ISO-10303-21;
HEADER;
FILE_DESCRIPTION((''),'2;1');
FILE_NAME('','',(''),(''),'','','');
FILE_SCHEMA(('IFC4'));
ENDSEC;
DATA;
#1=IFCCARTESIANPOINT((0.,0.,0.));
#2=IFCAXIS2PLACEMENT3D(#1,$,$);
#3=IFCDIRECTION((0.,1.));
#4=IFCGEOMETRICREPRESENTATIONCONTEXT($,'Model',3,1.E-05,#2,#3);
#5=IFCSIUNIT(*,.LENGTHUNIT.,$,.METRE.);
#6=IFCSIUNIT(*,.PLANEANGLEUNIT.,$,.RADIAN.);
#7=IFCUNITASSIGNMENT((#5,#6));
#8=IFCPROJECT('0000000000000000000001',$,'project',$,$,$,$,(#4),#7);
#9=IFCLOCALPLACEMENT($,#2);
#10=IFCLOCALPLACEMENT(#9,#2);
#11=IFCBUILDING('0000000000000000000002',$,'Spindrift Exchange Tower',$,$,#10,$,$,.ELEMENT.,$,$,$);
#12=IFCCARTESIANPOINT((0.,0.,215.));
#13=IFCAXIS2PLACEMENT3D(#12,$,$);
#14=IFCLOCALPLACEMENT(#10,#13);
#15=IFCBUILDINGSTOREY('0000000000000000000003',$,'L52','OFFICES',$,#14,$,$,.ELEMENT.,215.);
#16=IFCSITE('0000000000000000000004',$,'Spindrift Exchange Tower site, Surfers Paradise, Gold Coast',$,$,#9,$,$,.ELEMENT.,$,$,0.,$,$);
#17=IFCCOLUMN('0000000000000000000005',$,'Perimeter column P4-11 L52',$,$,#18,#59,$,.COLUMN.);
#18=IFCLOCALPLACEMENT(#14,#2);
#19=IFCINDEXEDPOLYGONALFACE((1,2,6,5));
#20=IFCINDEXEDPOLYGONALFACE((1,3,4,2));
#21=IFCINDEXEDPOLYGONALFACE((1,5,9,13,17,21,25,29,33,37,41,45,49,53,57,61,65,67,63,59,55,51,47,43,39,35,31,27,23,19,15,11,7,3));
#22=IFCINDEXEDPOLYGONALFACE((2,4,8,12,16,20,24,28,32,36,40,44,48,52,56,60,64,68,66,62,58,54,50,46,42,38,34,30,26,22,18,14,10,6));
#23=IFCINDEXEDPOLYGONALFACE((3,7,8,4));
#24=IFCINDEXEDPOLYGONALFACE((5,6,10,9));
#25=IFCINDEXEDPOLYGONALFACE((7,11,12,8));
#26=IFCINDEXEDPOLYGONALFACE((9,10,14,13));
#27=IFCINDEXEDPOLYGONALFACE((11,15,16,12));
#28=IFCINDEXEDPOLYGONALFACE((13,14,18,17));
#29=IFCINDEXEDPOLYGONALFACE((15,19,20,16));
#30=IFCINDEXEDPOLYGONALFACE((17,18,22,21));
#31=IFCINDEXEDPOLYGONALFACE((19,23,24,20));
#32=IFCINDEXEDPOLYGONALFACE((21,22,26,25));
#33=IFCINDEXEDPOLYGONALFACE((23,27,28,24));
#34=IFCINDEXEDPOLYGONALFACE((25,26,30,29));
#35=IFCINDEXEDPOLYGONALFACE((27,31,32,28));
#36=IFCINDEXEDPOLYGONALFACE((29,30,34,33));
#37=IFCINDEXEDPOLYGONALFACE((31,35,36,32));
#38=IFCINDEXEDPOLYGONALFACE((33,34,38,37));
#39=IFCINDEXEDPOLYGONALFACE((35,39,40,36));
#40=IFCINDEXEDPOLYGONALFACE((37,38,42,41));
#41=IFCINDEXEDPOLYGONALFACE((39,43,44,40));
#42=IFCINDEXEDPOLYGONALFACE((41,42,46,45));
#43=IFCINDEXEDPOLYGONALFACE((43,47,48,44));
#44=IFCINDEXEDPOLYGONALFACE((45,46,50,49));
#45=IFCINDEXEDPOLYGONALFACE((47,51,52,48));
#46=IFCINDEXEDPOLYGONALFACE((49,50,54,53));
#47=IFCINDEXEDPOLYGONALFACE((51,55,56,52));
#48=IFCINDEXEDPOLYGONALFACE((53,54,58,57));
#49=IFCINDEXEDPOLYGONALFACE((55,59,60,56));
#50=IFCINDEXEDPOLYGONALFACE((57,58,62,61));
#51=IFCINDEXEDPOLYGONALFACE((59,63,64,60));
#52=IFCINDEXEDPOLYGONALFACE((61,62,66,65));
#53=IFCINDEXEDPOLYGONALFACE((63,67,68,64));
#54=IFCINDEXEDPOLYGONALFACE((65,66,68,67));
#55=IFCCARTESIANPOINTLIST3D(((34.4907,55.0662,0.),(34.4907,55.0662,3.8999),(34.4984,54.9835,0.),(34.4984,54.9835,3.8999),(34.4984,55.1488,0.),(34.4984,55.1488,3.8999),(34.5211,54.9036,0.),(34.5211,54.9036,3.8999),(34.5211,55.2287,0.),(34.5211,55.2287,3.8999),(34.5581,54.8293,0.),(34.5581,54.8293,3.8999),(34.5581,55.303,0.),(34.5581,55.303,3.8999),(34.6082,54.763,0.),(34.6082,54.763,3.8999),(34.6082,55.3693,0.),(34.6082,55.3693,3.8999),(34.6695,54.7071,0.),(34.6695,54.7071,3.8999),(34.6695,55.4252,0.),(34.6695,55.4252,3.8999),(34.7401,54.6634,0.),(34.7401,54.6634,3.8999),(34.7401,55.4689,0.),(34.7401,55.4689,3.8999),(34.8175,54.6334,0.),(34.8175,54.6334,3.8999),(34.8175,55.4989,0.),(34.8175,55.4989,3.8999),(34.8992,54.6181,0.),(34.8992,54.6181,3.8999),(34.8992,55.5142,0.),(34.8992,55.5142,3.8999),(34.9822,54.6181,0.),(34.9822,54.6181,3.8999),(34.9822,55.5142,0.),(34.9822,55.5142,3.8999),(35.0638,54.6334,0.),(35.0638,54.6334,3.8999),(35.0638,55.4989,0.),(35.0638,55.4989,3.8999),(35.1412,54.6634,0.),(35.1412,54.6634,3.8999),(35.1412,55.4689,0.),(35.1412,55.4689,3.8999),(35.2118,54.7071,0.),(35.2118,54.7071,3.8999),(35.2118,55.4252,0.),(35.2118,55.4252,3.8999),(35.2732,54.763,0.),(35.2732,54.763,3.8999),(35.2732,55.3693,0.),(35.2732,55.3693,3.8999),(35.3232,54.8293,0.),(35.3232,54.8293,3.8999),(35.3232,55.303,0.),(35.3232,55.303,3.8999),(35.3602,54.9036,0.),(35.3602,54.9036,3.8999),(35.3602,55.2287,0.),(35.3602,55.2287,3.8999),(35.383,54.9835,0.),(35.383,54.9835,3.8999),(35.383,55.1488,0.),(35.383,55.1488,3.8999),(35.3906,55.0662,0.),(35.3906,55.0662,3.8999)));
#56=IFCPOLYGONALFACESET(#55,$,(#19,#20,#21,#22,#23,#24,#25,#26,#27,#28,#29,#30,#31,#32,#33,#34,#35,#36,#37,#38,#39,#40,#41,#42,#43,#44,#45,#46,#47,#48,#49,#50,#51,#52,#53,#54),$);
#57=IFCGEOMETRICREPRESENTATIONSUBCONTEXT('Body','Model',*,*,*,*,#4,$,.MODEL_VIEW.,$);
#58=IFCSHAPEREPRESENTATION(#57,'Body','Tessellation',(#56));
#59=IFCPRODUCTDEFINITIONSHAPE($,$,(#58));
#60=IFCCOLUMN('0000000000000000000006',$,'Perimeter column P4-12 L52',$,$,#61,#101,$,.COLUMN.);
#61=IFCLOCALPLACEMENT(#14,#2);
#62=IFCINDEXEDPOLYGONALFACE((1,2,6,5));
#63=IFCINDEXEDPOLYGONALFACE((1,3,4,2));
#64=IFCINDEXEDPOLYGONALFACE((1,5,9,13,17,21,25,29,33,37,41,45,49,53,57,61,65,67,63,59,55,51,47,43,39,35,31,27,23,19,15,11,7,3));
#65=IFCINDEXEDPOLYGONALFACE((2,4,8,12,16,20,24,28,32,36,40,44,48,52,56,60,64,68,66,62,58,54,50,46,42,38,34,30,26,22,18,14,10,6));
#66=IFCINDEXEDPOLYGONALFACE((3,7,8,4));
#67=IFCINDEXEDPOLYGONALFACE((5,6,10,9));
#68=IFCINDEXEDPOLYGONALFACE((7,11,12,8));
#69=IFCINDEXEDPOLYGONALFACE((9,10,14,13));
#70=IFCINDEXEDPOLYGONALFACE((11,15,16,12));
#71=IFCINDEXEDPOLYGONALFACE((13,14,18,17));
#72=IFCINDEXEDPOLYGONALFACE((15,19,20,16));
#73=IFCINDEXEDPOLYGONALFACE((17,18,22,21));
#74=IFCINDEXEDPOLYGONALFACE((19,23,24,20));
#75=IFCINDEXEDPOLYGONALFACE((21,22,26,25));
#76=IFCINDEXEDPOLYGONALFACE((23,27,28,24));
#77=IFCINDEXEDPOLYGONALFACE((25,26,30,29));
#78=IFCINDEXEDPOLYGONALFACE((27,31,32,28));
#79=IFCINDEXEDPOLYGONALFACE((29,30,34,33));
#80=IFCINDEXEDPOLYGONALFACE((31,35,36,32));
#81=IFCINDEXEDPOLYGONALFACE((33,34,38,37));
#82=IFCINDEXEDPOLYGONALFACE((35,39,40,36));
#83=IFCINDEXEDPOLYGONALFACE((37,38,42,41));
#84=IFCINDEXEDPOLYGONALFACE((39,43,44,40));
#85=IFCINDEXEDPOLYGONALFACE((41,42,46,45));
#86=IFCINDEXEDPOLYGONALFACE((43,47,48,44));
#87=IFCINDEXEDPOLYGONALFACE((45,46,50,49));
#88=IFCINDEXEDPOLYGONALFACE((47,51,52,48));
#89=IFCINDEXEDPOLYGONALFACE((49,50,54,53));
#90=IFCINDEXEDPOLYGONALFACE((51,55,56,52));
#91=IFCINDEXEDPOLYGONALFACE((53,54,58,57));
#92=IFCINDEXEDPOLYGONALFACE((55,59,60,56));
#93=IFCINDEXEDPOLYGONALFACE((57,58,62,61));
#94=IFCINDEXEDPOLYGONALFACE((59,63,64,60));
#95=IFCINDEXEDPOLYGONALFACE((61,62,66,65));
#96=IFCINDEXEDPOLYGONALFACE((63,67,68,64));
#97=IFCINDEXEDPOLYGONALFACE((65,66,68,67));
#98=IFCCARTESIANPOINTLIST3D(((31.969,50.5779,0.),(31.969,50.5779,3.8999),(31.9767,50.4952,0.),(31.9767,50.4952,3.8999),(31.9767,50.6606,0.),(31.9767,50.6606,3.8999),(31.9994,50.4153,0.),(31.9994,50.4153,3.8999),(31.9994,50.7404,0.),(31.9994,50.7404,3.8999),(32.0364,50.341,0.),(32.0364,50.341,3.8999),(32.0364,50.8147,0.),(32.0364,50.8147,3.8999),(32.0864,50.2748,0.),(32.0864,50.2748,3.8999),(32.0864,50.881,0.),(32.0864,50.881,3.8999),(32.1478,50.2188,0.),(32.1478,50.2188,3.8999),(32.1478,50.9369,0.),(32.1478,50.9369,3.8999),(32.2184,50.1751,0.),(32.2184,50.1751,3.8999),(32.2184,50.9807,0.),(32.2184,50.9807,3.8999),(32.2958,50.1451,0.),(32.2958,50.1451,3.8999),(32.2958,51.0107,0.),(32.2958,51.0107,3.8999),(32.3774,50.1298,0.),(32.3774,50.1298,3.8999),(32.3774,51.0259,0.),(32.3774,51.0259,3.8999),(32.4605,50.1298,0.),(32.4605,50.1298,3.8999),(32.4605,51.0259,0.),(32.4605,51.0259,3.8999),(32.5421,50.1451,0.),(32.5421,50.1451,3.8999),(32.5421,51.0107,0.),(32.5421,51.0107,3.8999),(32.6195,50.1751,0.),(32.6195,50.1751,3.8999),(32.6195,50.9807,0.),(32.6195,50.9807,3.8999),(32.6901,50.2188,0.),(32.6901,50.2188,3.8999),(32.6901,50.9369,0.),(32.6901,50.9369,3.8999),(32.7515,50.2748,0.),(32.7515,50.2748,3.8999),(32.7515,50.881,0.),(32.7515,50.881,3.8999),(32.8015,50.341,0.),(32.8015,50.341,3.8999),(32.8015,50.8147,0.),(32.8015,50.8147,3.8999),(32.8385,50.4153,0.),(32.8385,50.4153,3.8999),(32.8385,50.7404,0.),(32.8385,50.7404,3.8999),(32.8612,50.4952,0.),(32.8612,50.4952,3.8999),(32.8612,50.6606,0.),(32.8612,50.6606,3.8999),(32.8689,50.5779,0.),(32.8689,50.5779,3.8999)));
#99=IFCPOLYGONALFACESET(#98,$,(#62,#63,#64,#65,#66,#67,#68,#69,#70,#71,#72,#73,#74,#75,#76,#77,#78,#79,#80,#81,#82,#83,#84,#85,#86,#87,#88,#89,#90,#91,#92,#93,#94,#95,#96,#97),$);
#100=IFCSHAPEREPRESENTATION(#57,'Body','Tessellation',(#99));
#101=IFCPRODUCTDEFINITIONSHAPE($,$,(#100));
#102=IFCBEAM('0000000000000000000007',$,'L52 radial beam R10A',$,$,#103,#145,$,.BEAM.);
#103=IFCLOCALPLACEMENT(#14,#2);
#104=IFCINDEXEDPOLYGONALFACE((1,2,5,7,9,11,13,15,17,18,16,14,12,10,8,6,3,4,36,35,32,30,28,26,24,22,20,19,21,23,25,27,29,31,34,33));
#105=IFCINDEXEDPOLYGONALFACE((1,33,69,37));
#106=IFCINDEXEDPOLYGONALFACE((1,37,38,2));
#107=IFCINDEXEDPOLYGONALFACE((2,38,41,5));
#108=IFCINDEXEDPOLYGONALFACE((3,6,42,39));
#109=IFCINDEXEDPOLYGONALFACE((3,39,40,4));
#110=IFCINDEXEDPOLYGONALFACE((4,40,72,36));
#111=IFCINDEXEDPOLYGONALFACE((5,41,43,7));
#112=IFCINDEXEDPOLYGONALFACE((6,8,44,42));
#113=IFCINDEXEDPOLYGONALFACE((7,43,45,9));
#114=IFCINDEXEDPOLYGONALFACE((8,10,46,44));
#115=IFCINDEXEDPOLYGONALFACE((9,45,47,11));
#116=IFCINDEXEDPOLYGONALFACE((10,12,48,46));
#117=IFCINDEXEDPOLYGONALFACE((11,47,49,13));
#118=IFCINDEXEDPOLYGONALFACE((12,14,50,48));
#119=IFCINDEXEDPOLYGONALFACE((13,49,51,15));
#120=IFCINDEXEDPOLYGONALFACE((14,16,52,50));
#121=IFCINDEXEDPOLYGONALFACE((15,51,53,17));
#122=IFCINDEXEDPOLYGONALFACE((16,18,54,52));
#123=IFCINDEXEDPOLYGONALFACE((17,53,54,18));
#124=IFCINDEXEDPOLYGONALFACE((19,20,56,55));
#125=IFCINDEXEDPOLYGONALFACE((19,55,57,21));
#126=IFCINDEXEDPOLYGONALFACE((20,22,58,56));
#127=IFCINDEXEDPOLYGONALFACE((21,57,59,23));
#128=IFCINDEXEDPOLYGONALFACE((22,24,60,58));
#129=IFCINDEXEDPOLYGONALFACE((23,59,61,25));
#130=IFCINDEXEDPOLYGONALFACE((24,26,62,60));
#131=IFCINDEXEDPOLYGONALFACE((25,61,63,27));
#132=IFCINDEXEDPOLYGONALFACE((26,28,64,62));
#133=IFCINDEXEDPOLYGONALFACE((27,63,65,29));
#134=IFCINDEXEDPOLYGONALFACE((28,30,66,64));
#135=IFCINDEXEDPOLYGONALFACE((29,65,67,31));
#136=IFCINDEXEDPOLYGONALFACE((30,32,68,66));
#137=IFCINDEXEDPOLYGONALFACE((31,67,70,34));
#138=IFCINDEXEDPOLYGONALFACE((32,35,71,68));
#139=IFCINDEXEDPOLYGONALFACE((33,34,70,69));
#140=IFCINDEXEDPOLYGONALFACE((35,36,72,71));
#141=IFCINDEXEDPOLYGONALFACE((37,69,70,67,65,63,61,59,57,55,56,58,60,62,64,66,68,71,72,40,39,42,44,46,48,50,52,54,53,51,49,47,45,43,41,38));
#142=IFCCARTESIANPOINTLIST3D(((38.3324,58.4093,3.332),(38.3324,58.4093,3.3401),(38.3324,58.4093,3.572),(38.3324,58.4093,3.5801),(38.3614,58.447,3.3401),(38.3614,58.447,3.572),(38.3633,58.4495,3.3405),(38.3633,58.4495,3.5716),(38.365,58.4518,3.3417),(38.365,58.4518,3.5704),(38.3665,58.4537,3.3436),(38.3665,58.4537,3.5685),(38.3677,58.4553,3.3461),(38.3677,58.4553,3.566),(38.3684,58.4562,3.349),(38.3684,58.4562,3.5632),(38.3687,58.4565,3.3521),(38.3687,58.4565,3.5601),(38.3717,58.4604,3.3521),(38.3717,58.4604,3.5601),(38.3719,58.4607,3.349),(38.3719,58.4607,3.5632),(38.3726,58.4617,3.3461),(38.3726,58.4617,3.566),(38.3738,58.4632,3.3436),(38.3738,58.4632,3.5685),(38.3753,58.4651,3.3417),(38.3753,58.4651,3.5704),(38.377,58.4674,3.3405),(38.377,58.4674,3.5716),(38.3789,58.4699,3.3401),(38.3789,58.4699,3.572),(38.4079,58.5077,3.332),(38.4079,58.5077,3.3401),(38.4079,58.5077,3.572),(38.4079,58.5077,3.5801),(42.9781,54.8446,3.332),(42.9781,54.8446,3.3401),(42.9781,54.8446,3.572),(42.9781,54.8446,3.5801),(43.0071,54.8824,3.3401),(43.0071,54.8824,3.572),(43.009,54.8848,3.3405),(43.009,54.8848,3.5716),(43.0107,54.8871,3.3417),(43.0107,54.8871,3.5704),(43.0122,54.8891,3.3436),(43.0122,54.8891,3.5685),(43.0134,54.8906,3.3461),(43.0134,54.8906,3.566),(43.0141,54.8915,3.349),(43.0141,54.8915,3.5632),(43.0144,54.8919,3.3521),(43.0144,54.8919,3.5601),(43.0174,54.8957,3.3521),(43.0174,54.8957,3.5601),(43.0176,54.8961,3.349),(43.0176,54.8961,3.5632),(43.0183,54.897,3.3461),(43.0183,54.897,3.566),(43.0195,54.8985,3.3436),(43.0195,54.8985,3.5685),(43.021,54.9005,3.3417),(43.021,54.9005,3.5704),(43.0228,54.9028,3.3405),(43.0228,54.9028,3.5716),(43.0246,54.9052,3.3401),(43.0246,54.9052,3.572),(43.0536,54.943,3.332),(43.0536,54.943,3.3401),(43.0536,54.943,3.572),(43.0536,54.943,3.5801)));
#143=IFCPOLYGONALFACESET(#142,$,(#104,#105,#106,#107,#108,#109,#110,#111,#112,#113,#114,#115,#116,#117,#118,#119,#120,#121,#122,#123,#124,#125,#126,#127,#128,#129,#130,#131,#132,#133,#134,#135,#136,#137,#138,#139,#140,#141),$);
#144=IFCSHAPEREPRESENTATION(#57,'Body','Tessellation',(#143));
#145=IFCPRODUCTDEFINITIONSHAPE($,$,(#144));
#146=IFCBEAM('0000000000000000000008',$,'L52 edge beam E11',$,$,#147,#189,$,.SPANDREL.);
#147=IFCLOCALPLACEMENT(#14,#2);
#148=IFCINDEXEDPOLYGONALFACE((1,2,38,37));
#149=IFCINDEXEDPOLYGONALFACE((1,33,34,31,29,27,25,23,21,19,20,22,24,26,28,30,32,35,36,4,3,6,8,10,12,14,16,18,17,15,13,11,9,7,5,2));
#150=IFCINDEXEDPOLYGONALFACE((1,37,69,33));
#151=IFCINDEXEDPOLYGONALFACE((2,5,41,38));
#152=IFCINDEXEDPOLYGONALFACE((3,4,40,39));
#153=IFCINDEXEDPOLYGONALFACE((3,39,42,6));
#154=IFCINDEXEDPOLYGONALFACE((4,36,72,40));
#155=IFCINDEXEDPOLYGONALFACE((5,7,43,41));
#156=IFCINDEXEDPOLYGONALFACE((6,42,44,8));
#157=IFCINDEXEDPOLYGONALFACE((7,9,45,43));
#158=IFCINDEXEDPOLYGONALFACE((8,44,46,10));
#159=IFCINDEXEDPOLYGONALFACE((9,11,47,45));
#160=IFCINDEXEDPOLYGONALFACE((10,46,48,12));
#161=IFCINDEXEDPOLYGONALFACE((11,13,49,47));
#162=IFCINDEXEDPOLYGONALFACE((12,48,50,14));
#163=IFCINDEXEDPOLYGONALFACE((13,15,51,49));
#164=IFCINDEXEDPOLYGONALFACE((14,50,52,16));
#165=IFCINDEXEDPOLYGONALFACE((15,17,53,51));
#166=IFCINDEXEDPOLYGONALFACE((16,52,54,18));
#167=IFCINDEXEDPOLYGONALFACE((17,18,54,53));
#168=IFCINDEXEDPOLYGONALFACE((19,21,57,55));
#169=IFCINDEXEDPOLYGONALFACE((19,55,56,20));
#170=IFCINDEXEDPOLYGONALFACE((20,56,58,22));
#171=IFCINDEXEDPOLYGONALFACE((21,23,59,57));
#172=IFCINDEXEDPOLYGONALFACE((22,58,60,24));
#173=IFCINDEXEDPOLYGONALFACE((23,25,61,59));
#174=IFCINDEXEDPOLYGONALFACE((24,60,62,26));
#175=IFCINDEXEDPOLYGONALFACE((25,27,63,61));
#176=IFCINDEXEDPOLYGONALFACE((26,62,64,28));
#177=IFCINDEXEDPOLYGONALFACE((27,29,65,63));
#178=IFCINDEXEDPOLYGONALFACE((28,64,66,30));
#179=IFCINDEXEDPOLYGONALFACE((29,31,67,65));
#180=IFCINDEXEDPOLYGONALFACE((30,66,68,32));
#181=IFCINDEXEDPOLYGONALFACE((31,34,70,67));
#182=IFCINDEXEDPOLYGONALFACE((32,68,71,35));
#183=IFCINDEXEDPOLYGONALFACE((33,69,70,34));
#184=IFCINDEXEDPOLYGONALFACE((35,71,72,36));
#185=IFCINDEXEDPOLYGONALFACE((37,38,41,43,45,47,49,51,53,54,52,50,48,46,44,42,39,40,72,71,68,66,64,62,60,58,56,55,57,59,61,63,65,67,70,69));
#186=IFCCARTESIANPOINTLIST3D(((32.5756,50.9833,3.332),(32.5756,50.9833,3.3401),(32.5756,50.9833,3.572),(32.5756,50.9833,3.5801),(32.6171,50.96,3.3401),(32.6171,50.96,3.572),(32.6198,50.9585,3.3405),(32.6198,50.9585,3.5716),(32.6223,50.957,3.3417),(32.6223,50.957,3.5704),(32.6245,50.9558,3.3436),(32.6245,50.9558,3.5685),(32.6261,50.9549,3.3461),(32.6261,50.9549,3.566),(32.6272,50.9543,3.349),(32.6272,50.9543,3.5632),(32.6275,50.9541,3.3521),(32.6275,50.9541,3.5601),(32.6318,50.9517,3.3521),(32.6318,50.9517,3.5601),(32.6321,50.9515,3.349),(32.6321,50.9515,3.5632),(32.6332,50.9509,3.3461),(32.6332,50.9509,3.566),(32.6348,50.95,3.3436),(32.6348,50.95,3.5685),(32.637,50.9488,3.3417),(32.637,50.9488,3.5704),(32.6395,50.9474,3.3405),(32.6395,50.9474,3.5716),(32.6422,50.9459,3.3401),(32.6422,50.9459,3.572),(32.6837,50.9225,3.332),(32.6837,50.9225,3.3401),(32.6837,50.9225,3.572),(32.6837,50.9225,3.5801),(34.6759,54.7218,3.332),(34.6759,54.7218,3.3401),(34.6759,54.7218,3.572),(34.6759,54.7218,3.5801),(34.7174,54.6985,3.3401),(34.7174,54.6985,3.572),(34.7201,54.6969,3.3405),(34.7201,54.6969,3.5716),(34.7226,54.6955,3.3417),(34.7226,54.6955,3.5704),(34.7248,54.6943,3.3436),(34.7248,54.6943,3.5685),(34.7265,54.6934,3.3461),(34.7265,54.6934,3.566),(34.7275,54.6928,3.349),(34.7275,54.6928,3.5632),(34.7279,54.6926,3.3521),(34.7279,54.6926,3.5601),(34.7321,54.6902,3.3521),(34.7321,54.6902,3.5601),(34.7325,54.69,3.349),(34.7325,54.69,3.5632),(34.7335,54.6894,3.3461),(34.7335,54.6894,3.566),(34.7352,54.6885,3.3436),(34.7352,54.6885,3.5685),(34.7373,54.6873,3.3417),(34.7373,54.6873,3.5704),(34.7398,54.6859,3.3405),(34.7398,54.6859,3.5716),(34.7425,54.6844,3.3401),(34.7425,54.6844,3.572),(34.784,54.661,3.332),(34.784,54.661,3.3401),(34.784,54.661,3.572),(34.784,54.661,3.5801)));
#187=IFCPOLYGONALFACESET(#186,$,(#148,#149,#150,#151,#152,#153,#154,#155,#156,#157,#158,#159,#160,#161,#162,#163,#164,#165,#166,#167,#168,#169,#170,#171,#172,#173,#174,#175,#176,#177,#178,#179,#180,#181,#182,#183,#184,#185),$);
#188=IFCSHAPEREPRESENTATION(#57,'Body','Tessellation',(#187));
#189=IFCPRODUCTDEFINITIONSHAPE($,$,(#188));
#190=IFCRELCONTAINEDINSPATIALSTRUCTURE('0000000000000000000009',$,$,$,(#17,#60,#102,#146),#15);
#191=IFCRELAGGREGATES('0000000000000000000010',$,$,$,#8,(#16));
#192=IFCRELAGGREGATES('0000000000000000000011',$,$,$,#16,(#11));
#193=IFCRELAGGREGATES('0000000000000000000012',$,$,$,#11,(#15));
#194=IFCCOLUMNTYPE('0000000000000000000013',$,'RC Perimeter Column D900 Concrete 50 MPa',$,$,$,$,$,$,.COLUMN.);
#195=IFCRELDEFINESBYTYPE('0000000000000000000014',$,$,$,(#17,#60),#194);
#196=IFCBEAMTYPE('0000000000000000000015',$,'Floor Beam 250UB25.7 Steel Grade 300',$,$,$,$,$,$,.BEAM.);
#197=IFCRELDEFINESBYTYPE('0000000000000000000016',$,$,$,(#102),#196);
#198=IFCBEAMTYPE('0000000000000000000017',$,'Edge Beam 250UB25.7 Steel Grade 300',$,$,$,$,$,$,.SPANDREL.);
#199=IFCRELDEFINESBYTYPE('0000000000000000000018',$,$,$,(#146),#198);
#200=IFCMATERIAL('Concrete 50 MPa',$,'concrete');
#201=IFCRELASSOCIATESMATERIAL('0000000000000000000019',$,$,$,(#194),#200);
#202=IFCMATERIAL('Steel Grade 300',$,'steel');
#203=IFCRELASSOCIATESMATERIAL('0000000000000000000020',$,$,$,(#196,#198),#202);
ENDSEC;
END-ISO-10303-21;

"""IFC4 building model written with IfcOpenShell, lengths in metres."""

from ifc_helpers import new_model, si_unit, direction, frame, origin, origin_2d, place, context, subcontext, project, spatial, circle, i_section, extrude, source, transform, mapped, material, material_profile, profile_set, type_object, element, save


model = new_model("IFC4")

# Units and contexts
model_context = context("Model", 3, precision=1e-05, world=origin(), true_north=direction((0.0, 1.0)))
body_context = subcontext(model_context, "Body", "Model", "MODEL_VIEW")
ifc_project = project(units=[si_unit("LENGTHUNIT", "METRE"), si_unit("PLANEANGLEUNIT", "RADIAN")], contexts=[model_context])

# Site, building, storey
site_placement = place(None, origin())
site = spatial("IfcSite", under=ifc_project, at=site_placement, Name="Spindrift Exchange Tower site, Surfers Paradise, Gold Coast", CompositionType="ELEMENT", RefElevation=0.0)
building_placement = place(site_placement, origin())
building = spatial("IfcBuilding", under=site, at=building_placement, Name="Spindrift Exchange Tower", CompositionType="ELEMENT")
storey_placement = place(building_placement, frame((0.0, 0.0, 215.0)))
storey = spatial("IfcBuildingStorey", under=building, at=storey_placement, Name="L52", Description="OFFICES", CompositionType="ELEMENT", Elevation=215.0)

# Columns
ifc_material_1 = material(Name="Concrete 50 MPa", Category="concrete")
ifc_material_profile_1 = material_profile(ifc_material_1, circle(Radius=0.45, at=origin_2d()), Name="RC D900")
ifc_profile_set_1 = profile_set([ifc_material_profile_1], Name="Concrete 50 MPa")
column_type = type_object("IfcColumnType", Name="RC Perimeter Column D900 Concrete 50 MPa", PredefinedType="COLUMN", material=ifc_profile_set_1)
shared_shape_1 = source(origin(), body_context, "Body", "SweptSolid", [
    extrude(circle(Radius=0.45, at=origin_2d()), origin(), (0.0, 0.0, 1.0), 3.8999),
])
for number, where, z_axis, x_axis, name in (
    (1, (34.9407, 55.0662, 0.0), (0.0, 0.0, 1.0), (1.0, 0.0, 0.0), "Perimeter column P4-11 L52"),
    (2, (32.4189, 50.5779, 0.0), (0.0, 0.0, 1.0), (1.0, 0.0, 0.0), "Perimeter column P4-12 L52"),
):
    element("IfcColumn", number, at=place(storey_placement, frame(where, z_axis=z_axis, x_axis=x_axis)), inside=storey, type_object=column_type, Name=name, PredefinedType="COLUMN", context=body_context, shape_type="MappedRepresentation", body=[
        mapped(shared_shape_1, transform((0.0, 0.0, 0.0), scale=1.0)),
    ])

# Beams
ifc_material_2 = material(Name="Steel Grade 300", Category="steel")
ifc_material_profile_2 = material_profile(ifc_material_2, i_section(OverallWidth=0.124, OverallDepth=0.248, WebThickness=0.0049, FlangeThickness=0.0081, FilletRadius=0.012, at=origin_2d()), Name="250UB25.7")
ifc_profile_set_2 = profile_set([ifc_material_profile_2], Name="Steel Grade 300")
beam_type_1 = type_object("IfcBeamType", Name="Floor Beam 250UB25.7 Steel Grade 300", PredefinedType="BEAM", material=ifc_profile_set_2)
shared_shape_2 = source(origin(), body_context, "Body", "SweptSolid", [
    extrude(i_section(OverallWidth=0.124, OverallDepth=0.248, WebThickness=0.0049, FlangeThickness=0.0081, FilletRadius=0.012, at=origin_2d()), origin(), (0.0, 0.0, 1.0), 5.8557),
])
beam_1_placement = place(storey_placement, frame((43.0159, 54.8938, 3.4561), z_axis=(-0.793363, 0.608749, 0.0), x_axis=(-0.608749, -0.793363, 0.0)))
element("IfcBeam", 3, at=beam_1_placement, inside=storey, type_object=beam_type_1, Name="L52 radial beam R10A", PredefinedType="BEAM", context=body_context, shape_type="MappedRepresentation", body=[
    mapped(shared_shape_2, transform((0.0, 0.0, 0.0), scale=1.0)),
])
ifc_material_profile_3 = material_profile(ifc_material_2, i_section(OverallWidth=0.124, OverallDepth=0.248, WebThickness=0.0049, FlangeThickness=0.0081, FilletRadius=0.012, at=origin_2d()), Name="250UB25.7")
ifc_profile_set_3 = profile_set([ifc_material_profile_3], Name="Steel Grade 300")
beam_type_2 = type_object("IfcBeamType", Name="Edge Beam 250UB25.7 Steel Grade 300", PredefinedType="SPANDREL", material=ifc_profile_set_3)
shared_shape_3 = source(origin(), body_context, "Body", "SweptSolid", [
    extrude(i_section(OverallWidth=0.124, OverallDepth=0.248, WebThickness=0.0049, FlangeThickness=0.0081, FilletRadius=0.012, at=origin_2d()), origin(), (0.0, 0.0, 1.0), 4.2881),
])
beam_2_placement = place(storey_placement, frame((34.73, 54.6914, 3.4561), z_axis=(-0.489804, -0.871832, 0.0), x_axis=(0.871832, -0.489804, 0.0)))
element("IfcBeam", 4, at=beam_2_placement, inside=storey, type_object=beam_type_2, Name="L52 edge beam E11", PredefinedType="SPANDREL", context=body_context, shape_type="MappedRepresentation", body=[
    mapped(shared_shape_3, transform((0.0, 0.0, 0.0), scale=1.0)),
])

save(model, "model.ifc")
